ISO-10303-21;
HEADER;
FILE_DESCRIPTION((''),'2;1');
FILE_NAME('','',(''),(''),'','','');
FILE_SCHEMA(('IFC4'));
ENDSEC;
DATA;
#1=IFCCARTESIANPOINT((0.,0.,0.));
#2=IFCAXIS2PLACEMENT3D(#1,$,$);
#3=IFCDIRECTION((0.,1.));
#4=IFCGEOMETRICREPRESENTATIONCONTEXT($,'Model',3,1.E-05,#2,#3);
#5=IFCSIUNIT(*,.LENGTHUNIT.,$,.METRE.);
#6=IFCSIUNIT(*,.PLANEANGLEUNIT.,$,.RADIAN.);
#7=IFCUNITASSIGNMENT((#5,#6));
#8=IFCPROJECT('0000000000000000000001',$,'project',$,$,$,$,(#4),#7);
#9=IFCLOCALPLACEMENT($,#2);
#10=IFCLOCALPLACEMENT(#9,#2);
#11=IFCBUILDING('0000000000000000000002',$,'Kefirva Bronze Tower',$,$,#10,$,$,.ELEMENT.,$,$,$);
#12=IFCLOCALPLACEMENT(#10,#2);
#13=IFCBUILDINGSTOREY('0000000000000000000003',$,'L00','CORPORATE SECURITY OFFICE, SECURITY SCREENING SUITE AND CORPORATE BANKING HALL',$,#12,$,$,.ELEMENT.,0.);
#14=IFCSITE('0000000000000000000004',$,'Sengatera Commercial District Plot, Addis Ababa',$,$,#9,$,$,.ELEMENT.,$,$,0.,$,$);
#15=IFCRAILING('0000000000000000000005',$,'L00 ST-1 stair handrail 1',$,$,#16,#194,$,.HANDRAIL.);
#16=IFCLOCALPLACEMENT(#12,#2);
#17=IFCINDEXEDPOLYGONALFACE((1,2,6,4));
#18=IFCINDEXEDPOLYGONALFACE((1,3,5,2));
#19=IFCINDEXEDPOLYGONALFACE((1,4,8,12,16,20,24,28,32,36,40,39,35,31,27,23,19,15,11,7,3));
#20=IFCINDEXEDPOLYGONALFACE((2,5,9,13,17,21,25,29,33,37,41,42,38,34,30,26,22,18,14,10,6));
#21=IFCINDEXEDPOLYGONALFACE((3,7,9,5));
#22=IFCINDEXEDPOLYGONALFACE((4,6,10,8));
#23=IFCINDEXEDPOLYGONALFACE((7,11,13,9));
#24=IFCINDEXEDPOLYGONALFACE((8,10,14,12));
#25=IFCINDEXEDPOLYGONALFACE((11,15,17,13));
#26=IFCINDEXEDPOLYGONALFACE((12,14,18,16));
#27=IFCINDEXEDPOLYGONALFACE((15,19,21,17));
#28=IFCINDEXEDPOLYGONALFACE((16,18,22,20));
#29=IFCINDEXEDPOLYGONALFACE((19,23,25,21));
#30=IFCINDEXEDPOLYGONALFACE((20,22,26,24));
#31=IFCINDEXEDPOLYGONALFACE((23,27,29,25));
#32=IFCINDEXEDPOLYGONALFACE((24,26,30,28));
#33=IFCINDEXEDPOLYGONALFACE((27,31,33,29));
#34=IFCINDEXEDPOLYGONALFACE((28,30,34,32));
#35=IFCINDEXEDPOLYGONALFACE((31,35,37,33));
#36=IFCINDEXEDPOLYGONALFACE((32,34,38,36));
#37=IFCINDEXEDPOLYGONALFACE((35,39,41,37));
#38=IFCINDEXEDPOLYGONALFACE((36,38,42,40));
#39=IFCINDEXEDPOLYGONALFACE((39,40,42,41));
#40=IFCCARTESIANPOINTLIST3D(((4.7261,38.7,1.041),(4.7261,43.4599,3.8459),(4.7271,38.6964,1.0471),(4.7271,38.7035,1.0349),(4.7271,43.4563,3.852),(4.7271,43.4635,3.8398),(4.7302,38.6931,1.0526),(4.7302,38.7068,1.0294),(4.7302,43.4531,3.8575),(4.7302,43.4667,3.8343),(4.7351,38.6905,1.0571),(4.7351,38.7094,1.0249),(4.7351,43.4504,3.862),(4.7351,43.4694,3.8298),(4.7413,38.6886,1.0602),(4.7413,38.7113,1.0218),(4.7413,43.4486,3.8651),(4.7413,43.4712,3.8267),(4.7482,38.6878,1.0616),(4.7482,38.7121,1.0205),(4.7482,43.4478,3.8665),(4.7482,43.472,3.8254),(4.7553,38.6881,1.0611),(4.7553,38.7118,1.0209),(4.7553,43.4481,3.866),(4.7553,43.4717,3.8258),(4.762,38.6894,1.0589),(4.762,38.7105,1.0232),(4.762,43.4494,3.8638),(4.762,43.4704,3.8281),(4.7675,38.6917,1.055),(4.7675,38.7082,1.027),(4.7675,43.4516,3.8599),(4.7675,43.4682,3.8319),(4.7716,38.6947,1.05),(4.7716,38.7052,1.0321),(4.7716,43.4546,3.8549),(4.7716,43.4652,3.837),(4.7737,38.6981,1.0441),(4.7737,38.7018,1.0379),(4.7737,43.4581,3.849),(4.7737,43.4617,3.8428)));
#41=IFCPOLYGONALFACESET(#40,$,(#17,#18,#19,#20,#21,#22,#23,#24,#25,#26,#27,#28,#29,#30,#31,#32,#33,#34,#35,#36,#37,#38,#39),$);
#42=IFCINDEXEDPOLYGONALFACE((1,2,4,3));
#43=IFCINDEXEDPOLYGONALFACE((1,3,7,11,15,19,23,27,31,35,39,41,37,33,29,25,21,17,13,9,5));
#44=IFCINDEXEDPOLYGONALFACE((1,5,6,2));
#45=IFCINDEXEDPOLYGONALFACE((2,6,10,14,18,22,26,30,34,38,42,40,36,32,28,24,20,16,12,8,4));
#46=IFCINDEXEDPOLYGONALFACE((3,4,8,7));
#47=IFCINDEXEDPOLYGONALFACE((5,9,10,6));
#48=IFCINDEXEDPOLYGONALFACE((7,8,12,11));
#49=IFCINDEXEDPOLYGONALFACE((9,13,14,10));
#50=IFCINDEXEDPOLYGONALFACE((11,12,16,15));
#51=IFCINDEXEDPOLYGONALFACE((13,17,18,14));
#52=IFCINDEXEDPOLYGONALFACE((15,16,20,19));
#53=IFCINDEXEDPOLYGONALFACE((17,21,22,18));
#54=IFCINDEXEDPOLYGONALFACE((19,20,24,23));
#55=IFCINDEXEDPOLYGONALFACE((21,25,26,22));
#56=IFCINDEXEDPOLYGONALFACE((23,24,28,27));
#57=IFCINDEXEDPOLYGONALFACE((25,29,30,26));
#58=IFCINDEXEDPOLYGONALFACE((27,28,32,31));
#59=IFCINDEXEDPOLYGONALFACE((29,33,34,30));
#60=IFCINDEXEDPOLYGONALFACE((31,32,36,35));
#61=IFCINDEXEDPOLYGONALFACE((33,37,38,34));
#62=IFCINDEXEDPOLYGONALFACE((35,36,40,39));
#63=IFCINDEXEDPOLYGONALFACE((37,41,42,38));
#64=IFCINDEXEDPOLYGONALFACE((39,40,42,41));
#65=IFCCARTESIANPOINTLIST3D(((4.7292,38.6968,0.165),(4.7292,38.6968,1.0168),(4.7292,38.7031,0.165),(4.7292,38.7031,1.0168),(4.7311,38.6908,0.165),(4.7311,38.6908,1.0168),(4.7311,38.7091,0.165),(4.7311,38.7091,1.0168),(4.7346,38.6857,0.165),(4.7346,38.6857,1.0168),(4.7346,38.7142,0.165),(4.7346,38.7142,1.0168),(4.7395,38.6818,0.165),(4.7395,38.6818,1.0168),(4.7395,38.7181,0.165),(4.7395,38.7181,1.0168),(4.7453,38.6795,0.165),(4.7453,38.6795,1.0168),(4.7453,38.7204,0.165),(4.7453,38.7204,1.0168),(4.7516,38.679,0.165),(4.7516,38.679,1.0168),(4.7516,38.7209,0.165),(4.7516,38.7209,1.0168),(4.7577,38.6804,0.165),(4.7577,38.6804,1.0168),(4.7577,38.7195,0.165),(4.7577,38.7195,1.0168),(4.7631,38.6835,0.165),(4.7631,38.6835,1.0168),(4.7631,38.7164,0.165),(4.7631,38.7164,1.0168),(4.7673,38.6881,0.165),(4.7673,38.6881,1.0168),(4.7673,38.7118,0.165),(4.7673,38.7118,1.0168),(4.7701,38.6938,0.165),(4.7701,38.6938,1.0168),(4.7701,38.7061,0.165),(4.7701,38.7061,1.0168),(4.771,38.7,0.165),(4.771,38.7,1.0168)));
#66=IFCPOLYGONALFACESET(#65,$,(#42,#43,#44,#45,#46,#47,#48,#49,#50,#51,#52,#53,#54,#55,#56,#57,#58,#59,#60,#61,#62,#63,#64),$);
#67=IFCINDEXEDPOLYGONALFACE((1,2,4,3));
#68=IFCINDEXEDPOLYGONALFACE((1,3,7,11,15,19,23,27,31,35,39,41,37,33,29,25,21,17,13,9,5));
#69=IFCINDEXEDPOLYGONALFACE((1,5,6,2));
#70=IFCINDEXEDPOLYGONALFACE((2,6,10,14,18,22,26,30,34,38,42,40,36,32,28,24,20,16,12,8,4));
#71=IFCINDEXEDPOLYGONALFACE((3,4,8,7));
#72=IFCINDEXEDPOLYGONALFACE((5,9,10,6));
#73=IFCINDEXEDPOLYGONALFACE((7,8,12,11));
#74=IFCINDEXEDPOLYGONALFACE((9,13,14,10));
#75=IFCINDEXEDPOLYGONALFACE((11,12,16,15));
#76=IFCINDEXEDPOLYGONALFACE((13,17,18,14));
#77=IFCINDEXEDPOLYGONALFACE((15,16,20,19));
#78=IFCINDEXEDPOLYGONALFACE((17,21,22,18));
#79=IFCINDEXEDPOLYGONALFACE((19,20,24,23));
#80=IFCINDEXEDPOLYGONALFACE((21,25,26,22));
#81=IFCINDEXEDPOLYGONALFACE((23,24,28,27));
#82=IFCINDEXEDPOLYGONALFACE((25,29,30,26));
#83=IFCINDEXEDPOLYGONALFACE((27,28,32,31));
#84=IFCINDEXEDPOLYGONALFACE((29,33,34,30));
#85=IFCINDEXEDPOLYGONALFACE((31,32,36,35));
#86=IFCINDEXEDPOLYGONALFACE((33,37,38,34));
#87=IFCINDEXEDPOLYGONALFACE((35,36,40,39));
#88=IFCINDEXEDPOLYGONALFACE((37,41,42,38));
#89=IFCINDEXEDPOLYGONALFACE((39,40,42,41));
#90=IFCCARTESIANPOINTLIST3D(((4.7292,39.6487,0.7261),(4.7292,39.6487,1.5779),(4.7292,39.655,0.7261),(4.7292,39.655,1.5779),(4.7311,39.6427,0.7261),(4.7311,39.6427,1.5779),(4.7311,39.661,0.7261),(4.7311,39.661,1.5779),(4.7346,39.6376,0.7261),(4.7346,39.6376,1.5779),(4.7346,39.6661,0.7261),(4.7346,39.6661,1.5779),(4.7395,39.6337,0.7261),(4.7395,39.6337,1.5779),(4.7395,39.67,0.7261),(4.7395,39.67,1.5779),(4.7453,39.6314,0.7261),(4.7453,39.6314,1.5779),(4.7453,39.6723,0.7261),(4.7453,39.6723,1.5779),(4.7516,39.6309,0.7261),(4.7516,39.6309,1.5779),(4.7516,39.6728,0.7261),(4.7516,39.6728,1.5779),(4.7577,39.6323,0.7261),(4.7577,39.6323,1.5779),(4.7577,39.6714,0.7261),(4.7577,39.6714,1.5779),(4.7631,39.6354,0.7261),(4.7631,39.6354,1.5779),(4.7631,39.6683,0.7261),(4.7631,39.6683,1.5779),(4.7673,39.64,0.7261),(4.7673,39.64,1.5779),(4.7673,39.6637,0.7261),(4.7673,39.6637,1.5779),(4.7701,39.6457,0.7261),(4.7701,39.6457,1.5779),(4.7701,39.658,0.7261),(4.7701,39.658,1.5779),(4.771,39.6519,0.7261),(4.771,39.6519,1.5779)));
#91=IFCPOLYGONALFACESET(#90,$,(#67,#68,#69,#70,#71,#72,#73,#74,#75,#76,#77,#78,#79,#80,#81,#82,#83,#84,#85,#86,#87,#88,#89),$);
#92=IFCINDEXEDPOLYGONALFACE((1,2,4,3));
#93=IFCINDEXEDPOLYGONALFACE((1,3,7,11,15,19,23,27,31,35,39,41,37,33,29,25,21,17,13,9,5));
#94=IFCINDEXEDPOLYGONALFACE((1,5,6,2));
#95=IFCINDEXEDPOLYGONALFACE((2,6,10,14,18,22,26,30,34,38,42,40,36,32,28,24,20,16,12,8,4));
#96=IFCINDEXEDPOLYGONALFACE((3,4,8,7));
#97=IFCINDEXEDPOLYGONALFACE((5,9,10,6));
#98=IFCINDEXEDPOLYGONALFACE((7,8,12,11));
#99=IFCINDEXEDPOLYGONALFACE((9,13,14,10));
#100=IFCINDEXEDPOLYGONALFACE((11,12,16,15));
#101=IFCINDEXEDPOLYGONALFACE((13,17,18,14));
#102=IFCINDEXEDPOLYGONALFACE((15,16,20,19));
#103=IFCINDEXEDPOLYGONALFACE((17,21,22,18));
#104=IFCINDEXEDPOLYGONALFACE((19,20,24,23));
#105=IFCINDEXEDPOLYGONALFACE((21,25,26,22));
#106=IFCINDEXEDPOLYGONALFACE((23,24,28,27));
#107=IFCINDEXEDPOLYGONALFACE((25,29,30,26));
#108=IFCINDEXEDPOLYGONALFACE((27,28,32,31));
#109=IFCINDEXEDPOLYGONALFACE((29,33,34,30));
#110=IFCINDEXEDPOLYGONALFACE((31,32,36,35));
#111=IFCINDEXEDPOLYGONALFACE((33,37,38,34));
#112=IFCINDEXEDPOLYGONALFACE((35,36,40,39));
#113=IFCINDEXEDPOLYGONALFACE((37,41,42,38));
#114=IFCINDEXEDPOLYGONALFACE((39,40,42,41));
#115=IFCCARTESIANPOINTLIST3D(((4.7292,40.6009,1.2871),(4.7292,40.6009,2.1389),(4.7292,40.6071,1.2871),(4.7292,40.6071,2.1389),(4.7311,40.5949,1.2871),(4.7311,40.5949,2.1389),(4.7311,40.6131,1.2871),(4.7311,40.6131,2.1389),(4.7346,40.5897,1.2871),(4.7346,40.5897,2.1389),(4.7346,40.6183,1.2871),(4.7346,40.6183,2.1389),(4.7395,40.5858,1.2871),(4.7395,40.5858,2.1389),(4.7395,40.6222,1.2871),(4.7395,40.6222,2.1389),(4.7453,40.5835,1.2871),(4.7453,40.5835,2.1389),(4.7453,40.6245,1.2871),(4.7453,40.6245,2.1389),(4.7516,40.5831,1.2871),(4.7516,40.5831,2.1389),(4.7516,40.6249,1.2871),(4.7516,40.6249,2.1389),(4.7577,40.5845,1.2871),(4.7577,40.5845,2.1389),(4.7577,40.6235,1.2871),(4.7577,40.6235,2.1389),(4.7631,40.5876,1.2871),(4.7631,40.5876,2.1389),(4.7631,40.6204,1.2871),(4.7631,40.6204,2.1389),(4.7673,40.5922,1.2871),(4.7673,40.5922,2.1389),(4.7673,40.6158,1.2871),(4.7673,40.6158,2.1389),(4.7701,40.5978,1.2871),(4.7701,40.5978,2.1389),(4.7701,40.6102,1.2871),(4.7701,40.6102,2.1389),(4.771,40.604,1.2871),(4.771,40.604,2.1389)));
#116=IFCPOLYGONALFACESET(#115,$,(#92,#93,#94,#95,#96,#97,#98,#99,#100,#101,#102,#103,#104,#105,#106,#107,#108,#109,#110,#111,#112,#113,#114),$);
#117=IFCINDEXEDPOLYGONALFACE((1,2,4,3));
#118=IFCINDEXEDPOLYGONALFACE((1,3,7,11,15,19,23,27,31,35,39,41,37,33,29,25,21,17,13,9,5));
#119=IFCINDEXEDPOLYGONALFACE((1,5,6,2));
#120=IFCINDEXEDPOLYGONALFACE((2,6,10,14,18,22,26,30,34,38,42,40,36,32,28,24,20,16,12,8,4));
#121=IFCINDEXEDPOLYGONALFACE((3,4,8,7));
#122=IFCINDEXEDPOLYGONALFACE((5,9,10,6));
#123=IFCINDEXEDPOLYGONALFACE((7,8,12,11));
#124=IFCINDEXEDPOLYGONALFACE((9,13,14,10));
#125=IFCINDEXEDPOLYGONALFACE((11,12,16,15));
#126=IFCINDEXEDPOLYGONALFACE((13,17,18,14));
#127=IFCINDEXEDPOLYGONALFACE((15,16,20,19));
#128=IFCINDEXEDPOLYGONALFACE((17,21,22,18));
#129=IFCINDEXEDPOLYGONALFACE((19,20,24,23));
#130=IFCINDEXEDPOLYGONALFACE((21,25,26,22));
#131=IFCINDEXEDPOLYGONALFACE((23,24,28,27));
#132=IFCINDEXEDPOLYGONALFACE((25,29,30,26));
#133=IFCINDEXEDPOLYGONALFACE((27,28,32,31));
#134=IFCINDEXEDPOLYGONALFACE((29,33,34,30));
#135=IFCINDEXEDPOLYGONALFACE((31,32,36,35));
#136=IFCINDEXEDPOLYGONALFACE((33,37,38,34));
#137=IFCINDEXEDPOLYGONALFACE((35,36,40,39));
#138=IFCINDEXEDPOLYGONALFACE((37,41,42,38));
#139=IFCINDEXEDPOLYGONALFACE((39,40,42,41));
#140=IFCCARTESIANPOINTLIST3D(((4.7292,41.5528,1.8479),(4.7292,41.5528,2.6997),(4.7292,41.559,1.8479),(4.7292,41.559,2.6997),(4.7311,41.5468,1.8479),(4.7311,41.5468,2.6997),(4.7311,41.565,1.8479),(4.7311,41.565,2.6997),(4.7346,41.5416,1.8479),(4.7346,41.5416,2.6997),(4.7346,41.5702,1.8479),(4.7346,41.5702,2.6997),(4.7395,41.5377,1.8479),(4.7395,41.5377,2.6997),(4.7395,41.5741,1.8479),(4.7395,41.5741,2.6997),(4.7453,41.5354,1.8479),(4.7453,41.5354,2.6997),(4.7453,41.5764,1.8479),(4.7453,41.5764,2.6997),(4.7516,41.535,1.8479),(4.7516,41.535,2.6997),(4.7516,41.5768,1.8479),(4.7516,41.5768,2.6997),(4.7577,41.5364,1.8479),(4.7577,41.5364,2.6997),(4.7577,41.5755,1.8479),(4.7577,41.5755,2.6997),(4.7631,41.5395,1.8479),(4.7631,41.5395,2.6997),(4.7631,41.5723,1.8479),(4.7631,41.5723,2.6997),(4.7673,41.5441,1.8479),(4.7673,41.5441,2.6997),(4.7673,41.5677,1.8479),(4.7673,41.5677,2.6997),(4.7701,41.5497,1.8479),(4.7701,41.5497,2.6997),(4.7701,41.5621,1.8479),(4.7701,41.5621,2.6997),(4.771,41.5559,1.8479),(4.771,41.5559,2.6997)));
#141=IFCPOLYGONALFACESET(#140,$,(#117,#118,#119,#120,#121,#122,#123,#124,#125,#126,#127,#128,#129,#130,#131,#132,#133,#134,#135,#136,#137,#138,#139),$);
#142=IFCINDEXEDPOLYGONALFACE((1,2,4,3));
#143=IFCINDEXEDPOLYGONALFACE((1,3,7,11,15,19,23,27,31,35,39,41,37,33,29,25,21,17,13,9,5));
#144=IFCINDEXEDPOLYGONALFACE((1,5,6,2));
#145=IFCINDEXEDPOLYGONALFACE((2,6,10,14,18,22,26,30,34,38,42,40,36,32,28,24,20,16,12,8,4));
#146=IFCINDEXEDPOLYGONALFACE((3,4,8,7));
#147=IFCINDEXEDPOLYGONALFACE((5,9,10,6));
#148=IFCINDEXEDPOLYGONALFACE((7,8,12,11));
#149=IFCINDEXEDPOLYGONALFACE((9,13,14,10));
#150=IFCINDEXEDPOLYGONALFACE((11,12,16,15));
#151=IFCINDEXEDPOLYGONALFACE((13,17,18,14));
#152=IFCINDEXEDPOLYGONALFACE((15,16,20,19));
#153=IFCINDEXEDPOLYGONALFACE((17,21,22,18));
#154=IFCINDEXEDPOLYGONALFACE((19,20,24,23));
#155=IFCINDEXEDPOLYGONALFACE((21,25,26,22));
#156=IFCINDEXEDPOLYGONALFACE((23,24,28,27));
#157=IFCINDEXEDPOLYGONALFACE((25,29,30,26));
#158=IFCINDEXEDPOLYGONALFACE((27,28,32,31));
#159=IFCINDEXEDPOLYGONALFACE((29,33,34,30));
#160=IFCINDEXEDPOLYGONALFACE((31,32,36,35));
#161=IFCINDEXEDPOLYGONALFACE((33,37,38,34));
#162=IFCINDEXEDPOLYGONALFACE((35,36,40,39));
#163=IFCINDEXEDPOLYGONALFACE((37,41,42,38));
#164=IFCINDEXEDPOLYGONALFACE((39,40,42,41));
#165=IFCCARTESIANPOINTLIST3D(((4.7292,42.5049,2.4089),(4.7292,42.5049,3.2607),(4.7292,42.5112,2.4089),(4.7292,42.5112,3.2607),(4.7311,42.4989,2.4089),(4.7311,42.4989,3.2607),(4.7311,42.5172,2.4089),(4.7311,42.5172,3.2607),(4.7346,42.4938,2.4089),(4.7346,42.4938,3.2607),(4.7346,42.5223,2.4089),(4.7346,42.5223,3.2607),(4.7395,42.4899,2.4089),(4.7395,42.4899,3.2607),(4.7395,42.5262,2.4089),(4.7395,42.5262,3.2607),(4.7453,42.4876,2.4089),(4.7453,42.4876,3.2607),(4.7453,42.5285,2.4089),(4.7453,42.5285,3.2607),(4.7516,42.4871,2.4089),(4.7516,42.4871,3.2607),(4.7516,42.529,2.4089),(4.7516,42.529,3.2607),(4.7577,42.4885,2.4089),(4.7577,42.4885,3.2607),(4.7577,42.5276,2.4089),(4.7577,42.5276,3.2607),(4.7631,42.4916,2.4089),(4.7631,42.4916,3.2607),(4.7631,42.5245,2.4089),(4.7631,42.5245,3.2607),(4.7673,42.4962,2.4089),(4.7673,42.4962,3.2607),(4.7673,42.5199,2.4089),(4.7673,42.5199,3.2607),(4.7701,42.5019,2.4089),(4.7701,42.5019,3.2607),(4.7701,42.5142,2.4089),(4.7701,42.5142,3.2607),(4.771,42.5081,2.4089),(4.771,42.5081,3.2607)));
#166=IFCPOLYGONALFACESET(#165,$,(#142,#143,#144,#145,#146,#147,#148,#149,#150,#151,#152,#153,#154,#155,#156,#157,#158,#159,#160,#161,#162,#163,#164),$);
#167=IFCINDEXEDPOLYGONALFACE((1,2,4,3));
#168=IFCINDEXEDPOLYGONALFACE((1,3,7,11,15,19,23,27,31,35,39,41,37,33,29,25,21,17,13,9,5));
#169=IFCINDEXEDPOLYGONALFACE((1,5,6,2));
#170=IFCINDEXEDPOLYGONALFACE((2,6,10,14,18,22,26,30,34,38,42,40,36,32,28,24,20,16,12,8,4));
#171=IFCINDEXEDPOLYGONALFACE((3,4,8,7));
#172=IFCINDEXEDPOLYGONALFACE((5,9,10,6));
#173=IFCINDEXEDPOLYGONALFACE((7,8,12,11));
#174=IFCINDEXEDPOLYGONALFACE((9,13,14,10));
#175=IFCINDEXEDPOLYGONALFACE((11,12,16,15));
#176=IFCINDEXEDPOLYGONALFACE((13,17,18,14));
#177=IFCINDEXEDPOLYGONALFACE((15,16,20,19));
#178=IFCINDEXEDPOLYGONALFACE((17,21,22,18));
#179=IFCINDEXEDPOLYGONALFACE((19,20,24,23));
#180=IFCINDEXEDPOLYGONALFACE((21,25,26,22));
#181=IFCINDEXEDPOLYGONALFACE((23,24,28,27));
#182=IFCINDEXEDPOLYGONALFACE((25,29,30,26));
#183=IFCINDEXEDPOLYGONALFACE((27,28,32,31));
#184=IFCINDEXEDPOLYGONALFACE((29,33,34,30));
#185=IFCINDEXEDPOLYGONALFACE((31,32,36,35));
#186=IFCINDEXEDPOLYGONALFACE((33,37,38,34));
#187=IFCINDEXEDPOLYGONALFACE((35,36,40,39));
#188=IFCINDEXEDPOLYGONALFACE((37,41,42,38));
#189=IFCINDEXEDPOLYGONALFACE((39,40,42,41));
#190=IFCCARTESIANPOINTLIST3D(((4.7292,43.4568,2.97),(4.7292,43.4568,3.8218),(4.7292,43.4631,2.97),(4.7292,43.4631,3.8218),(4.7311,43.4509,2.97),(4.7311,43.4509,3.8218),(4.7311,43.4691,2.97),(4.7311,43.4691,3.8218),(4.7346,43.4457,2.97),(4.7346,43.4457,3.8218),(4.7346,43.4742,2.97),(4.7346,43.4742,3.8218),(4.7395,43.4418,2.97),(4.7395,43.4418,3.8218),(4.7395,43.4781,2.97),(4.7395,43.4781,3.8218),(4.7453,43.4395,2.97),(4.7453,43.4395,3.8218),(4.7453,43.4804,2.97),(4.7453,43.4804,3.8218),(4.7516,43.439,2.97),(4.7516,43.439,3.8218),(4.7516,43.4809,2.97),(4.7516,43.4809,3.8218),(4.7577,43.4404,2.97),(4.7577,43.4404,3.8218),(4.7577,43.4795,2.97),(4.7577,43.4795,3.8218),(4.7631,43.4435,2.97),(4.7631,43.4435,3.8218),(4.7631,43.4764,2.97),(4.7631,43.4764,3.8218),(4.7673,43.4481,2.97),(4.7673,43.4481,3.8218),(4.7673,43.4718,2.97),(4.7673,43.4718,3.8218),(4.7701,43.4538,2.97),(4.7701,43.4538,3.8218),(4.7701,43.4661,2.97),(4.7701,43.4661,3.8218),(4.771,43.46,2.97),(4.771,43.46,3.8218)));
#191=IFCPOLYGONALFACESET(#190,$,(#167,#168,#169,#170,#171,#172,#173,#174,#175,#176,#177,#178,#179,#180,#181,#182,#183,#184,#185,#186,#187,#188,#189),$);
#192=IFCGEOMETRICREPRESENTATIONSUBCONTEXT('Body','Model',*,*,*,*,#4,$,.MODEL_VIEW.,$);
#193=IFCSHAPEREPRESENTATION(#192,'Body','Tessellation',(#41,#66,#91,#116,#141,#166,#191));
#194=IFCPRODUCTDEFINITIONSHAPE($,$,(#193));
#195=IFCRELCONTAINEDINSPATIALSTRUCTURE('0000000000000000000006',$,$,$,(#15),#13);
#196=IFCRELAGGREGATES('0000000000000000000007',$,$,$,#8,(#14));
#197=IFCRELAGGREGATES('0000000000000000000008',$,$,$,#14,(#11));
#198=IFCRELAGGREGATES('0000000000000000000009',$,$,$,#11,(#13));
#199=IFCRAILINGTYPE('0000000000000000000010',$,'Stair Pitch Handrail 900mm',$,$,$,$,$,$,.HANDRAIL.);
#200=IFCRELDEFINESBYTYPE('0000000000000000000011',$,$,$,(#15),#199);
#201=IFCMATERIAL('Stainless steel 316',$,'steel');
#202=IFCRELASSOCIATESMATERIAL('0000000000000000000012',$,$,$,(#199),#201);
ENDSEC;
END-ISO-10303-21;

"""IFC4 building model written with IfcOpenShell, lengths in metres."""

from ifc_helpers import new_model, si_unit, direction, frame, origin, origin_2d, place, context, subcontext, project, spatial, circle, extrude, material, type_object, element, save


model = new_model("IFC4")

# Units and contexts
model_context = context("Model", 3, precision=1e-05, world=origin(), true_north=direction((0.0, 1.0)))
body_context = subcontext(model_context, "Body", "Model", "MODEL_VIEW")
ifc_project = project(units=[si_unit("LENGTHUNIT", "METRE"), si_unit("PLANEANGLEUNIT", "RADIAN")], contexts=[model_context])

# Site, building, storey
site_placement = place(None, origin())
site = spatial("IfcSite", under=ifc_project, at=site_placement, Name="Sengatera Commercial District Plot, Addis Ababa", CompositionType="ELEMENT", RefElevation=0.0)
building_placement = place(site_placement, origin())
building = spatial("IfcBuilding", under=site, at=building_placement, Name="Kefirva Bronze Tower", CompositionType="ELEMENT")
storey_placement = place(building_placement, origin())
storey = spatial("IfcBuildingStorey", under=building, at=storey_placement, Name="L00", Description="CORPORATE SECURITY OFFICE, SECURITY SCREENING SUITE AND CORPORATE BANKING HALL", CompositionType="ELEMENT", Elevation=0.0)

# Shared definitions
ifc_material_1 = material(Name="Stainless steel 316", Category="steel")

# Railing
railing_type_1 = type_object("IfcRailingType", Name="Stair Pitch Handrail 900mm", PredefinedType="HANDRAIL", material=ifc_material_1)
railing_1_placement = place(storey_placement, frame((4.75, 38.7, 0.165)))
element("IfcRailing", 1, at=railing_1_placement, inside=storey, type_object=railing_type_1, Name="L00 ST-1 stair handrail 1", PredefinedType="HANDRAIL", context=body_context, shape_type="SweptSolid", body=[
    extrude(circle(Radius=0.0239, at=origin_2d()), frame((0.0, 0.0, 0.876), z_axis=(0.0, 0.861544, 0.507682), x_axis=(-1.0, 0.0, 0.0)), (0.0, 0.0, 1.0), 5.5249),
    extrude(circle(Radius=0.021, at=origin_2d()), origin(), (0.0, 0.0, 1.0), 0.8518),
    extrude(circle(Radius=0.021, at=origin_2d()), frame((0.0, 0.9519, 0.561)), (0.0, 0.0, 1.0), 0.8518),
    extrude(circle(Radius=0.021, at=origin_2d()), frame((0.0, 1.9041, 1.1221)), (0.0, 0.0, 1.0), 0.8518),
    extrude(circle(Radius=0.021, at=origin_2d()), frame((0.0, 2.856, 1.6829)), (0.0, 0.0, 1.0), 0.8518),
    extrude(circle(Radius=0.021, at=origin_2d()), frame((0.0, 3.8081, 2.2439)), (0.0, 0.0, 1.0), 0.8518),
    extrude(circle(Radius=0.021, at=origin_2d()), frame((0.0, 4.76, 2.8049)), (0.0, 0.0, 1.0), 0.8518),
])

save(model, "model.ifc")
